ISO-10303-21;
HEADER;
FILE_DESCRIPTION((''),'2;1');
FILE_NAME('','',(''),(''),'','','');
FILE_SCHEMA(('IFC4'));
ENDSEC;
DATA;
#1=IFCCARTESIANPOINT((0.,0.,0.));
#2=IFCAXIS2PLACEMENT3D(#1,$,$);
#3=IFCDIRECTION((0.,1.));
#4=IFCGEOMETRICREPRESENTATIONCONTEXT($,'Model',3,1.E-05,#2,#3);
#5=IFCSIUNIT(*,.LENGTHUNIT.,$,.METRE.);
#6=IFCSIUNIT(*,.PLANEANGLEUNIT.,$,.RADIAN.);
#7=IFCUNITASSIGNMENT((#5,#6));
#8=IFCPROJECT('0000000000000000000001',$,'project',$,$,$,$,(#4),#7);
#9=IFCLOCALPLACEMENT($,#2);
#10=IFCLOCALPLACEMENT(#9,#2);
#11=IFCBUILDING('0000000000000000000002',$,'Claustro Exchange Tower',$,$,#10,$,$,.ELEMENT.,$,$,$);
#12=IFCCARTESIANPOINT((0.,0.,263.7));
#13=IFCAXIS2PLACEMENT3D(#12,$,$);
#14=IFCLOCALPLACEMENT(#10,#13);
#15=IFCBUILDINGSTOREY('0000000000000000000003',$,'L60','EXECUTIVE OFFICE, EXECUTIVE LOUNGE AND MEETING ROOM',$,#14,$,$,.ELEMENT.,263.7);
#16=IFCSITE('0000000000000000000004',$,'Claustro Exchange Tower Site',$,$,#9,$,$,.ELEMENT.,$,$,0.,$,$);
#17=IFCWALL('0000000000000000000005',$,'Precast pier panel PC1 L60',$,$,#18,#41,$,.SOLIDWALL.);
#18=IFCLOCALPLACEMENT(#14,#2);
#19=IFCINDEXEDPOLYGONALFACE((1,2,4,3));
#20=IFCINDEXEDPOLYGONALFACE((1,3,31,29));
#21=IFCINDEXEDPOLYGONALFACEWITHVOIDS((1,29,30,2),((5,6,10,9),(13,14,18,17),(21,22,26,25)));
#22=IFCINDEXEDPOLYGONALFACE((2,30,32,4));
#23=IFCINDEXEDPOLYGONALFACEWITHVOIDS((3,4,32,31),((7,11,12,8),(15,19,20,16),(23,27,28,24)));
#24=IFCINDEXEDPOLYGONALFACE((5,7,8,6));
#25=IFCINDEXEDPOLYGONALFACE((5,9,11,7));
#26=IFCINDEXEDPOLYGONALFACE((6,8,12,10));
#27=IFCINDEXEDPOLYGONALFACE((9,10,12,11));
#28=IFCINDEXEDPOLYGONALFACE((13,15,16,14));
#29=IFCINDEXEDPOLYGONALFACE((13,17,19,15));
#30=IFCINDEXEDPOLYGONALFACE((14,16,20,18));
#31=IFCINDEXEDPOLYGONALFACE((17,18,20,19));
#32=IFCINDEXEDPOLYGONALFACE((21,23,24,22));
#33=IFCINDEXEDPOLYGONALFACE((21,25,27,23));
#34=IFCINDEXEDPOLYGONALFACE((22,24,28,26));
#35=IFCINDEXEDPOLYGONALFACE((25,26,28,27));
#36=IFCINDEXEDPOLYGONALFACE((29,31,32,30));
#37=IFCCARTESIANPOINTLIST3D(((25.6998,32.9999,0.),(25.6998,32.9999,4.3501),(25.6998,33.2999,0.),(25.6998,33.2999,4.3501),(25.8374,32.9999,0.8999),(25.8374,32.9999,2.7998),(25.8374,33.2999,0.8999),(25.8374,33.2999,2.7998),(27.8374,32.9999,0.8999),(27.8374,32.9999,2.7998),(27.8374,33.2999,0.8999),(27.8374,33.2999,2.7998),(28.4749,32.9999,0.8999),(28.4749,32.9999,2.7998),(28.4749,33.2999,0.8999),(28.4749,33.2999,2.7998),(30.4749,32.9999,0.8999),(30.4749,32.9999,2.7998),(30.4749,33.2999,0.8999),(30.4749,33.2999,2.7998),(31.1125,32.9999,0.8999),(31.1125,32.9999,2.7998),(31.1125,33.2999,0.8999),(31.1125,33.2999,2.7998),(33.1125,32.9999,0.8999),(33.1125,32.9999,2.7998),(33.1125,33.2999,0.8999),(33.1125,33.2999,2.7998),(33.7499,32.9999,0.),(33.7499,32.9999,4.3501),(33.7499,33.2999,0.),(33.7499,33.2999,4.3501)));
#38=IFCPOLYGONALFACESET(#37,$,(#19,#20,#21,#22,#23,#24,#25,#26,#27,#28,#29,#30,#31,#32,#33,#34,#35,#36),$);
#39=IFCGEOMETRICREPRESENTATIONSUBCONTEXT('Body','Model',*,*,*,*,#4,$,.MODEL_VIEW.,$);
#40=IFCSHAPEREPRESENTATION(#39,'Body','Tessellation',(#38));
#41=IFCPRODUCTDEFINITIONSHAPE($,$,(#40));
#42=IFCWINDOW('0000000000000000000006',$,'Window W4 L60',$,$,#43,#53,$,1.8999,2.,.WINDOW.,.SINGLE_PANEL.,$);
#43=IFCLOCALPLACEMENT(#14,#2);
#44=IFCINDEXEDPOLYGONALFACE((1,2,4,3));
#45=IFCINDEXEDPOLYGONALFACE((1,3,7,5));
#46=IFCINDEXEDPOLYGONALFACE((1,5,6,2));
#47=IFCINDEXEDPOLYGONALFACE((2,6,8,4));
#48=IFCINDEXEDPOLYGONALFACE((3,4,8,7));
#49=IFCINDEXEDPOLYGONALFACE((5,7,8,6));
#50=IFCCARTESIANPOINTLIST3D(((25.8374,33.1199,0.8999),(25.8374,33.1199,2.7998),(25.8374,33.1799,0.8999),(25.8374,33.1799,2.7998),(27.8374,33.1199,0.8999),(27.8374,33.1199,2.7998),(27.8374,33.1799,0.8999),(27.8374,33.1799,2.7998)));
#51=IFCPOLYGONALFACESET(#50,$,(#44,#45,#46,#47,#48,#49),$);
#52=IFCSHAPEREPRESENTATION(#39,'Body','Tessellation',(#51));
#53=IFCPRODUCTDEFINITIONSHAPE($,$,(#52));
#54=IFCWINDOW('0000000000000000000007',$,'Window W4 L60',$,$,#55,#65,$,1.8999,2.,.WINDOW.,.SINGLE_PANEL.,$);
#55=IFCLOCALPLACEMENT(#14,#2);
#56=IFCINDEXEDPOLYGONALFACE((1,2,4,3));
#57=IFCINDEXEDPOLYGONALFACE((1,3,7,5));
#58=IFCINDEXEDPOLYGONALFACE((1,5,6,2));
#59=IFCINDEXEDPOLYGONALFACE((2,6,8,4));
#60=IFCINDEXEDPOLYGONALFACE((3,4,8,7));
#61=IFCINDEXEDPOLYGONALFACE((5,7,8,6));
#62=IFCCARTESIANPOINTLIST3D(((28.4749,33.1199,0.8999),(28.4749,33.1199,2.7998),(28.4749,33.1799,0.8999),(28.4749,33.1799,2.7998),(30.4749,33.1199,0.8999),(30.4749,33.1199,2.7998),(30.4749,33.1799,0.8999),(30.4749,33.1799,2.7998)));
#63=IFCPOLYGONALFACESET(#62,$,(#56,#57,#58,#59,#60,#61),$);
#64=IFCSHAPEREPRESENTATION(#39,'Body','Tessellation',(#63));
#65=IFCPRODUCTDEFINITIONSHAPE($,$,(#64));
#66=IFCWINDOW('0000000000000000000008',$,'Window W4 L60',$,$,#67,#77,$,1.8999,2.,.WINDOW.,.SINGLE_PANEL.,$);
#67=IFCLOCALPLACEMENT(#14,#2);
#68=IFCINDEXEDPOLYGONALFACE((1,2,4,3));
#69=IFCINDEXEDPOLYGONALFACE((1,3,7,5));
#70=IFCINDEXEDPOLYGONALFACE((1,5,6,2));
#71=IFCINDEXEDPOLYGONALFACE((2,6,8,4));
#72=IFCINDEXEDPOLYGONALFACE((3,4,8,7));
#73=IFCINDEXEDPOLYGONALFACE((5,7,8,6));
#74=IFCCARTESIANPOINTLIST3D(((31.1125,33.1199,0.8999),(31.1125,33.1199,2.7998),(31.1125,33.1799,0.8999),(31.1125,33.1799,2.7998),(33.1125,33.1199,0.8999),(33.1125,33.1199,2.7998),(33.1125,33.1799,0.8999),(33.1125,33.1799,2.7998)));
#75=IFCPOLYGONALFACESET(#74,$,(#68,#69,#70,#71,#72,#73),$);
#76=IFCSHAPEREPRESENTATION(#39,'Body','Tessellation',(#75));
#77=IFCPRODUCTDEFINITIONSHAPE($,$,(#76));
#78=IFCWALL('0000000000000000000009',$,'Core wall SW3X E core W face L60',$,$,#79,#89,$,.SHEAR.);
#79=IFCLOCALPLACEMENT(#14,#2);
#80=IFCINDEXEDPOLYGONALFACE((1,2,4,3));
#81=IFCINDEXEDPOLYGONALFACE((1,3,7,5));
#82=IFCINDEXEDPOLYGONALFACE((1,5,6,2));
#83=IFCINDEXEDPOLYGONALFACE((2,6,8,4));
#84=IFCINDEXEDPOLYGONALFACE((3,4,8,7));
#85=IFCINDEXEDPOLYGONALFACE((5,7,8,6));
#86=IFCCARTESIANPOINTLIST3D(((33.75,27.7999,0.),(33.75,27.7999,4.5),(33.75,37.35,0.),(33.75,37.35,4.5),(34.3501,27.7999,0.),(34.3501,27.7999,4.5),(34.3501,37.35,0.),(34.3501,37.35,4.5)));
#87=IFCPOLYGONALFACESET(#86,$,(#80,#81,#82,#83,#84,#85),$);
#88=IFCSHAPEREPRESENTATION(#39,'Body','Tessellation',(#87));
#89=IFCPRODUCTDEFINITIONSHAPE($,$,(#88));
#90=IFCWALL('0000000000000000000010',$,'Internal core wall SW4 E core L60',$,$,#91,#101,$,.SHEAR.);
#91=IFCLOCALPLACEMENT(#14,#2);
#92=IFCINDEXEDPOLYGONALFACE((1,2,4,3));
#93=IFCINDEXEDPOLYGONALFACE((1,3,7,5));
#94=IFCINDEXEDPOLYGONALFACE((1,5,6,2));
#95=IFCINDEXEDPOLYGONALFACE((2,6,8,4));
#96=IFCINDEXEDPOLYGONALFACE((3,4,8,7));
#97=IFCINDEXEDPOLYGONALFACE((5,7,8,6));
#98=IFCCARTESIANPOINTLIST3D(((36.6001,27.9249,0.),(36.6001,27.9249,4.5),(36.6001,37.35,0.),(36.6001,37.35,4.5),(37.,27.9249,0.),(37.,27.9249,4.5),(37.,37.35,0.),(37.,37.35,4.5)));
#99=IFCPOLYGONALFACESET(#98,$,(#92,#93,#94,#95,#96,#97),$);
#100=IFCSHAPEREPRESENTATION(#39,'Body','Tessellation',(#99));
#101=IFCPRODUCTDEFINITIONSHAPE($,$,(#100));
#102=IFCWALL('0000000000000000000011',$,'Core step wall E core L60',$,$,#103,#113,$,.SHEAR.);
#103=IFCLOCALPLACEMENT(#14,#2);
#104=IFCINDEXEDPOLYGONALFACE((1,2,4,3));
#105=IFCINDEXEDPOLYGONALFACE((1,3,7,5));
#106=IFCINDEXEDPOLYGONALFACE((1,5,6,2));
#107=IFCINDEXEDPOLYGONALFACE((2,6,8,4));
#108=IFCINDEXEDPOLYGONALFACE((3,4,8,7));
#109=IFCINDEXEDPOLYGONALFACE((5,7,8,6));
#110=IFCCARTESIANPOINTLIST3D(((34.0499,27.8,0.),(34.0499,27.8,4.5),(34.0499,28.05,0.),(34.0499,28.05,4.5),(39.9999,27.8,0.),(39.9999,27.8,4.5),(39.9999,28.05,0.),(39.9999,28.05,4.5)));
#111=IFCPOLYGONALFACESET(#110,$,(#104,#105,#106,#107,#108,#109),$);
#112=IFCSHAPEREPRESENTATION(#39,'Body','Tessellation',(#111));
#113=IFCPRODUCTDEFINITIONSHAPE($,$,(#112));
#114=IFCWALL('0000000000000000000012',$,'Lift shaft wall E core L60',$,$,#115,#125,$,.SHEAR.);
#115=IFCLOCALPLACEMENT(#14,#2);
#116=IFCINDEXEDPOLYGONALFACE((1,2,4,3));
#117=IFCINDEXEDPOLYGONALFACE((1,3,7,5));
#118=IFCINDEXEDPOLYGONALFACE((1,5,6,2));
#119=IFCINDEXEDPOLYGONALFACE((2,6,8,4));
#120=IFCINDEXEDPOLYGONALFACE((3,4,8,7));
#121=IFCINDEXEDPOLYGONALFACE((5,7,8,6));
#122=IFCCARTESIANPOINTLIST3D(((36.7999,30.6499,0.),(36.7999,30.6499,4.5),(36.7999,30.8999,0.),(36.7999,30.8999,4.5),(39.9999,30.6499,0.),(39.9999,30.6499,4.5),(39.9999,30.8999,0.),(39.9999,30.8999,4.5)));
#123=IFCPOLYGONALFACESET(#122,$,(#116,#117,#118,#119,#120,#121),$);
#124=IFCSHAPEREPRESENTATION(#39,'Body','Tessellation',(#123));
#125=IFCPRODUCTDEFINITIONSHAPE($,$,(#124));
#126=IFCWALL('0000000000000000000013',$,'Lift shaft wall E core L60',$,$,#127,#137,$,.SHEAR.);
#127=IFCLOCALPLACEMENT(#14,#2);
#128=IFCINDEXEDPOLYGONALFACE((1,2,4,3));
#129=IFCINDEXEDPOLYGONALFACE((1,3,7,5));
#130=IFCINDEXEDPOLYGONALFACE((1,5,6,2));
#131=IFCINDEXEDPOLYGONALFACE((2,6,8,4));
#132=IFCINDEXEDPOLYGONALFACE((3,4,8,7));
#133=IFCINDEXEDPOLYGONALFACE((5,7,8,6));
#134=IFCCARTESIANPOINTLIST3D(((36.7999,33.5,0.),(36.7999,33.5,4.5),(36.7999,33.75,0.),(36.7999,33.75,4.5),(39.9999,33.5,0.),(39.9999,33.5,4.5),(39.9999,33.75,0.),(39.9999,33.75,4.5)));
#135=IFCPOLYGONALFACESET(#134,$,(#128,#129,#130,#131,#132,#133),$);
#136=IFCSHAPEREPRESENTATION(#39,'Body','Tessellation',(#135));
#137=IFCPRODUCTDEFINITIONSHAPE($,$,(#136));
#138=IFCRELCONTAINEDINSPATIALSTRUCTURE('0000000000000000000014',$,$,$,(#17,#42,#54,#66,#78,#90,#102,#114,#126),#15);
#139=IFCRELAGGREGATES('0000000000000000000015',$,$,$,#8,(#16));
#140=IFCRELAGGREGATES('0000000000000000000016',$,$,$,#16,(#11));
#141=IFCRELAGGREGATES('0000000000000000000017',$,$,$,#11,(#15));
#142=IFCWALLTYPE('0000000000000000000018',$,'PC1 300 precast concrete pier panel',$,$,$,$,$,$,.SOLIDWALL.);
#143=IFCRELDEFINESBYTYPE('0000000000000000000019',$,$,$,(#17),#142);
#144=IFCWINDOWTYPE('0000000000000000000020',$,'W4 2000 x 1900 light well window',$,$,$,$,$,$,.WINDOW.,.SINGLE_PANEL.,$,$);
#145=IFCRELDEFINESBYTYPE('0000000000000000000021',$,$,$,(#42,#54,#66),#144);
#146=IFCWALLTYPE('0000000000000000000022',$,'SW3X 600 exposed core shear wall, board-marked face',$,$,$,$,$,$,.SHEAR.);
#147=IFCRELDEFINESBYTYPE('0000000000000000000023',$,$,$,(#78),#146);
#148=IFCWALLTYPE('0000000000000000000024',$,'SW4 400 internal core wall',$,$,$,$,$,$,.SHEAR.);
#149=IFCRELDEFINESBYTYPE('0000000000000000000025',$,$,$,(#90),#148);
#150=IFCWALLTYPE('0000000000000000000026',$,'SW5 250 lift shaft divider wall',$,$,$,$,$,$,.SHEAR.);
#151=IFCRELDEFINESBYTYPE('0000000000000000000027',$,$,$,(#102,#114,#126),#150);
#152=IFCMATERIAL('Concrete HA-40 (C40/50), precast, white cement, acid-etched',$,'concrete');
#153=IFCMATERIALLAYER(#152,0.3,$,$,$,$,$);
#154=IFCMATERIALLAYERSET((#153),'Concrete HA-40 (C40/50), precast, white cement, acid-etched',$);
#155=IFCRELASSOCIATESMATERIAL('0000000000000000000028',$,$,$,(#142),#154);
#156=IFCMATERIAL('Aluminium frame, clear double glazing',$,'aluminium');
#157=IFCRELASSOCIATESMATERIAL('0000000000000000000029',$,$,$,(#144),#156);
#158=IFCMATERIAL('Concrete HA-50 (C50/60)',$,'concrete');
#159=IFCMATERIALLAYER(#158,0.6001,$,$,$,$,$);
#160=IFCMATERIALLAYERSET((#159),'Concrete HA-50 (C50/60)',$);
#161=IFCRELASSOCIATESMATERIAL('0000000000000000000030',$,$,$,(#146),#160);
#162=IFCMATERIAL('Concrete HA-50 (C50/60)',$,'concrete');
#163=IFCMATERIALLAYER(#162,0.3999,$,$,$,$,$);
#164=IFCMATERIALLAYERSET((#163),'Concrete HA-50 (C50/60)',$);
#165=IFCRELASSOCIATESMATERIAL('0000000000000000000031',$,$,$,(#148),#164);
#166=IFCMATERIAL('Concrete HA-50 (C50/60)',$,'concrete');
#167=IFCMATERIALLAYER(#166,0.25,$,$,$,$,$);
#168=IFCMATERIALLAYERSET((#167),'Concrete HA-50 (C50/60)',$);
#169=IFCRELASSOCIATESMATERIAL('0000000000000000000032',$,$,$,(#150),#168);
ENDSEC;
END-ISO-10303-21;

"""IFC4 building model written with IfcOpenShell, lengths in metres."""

from ifc_helpers import new_model, si_unit, direction, frame, frame_2d, origin, place, context, subcontext, project, spatial, rectangle, extrude, material, layer, layer_set, type_object, element, fill, save


model = new_model("IFC4")

# Units and contexts
model_context = context("Model", 3, precision=1e-05, world=origin(), true_north=direction((0.0, 1.0)))
body_context = subcontext(model_context, "Body", "Model", "MODEL_VIEW")
ifc_project = project(units=[si_unit("LENGTHUNIT", "METRE"), si_unit("PLANEANGLEUNIT", "RADIAN")], contexts=[model_context])

# Site, building, storey
site_placement = place(None, origin())
site = spatial("IfcSite", under=ifc_project, at=site_placement, Name="Claustro Exchange Tower Site", CompositionType="ELEMENT", RefElevation=0.0)
building_placement = place(site_placement, origin())
building = spatial("IfcBuilding", under=site, at=building_placement, Name="Claustro Exchange Tower", CompositionType="ELEMENT")
storey_placement = place(building_placement, frame((0.0, 0.0, 263.7)))
storey = spatial("IfcBuildingStorey", under=building, at=storey_placement, Name="L60", Description="EXECUTIVE OFFICE, EXECUTIVE LOUNGE AND MEETING ROOM", CompositionType="ELEMENT", Elevation=263.7)

# Wall, openings, windows
ifc_material_1 = material(Name="Concrete HA-40 (C40/50), precast, white cement, acid-etched", Category="concrete")
ifc_layer_1 = layer(ifc_material_1, 0.3)
ifc_layer_set_1 = layer_set([ifc_layer_1], Name="Concrete HA-40 (C40/50), precast, white cement, acid-etched")
wall_type_1 = type_object("IfcWallType", Name="PC1 300 precast concrete pier panel", PredefinedType="SOLIDWALL", material=ifc_layer_set_1)
wall_1_placement = place(storey_placement, frame((25.7, 33.1499, 0.0), z_axis=(0.0, 0.0, 1.0), x_axis=(1.0, 0.0, 0.0)))
wall_1 = element("IfcWall", 1, at=wall_1_placement, inside=storey, type_object=wall_type_1, Name="Precast pier panel PC1 L60", PredefinedType="SOLIDWALL", context=body_context, shape_type="SweptSolid", body=[
    extrude(rectangle(XDim=8.05, YDim=0.3, at=frame_2d((4.0249, 0.0))), origin(), (0.0, 0.0, 1.0), 4.3501),
])
opening_1_placement = place(wall_1_placement, frame((0.1375, 0.0, 0.8999)))
opening_1 = element("IfcOpeningElement", 2, at=opening_1_placement, cuts=wall_1, PredefinedType="OPENING", context=body_context, shape_type="SweptSolid", body=[
    extrude(rectangle(XDim=2.0, YDim=1.8999, at=frame_2d((1.0, 0.95))), frame((0.0, 0.1599, 0.0), z_axis=(0.0, -1.0, 0.0), x_axis=(1.0, 0.0, 0.0)), (0.0, 0.0, 1.0), 0.3201),
])
opening_2_placement = place(wall_1_placement, frame((2.7749, 0.0, 0.8999)))
opening_2 = element("IfcOpeningElement", 3, at=opening_2_placement, cuts=wall_1, PredefinedType="OPENING", context=body_context, shape_type="SweptSolid", body=[
    extrude(rectangle(XDim=2.0, YDim=1.8999, at=frame_2d((1.0, 0.95))), frame((0.0, 0.1599, 0.0), z_axis=(0.0, -1.0, 0.0), x_axis=(1.0, 0.0, 0.0)), (0.0, 0.0, 1.0), 0.3201),
])
opening_3_placement = place(wall_1_placement, frame((5.4126, 0.0, 0.8999)))
opening_3 = element("IfcOpeningElement", 4, at=opening_3_placement, cuts=wall_1, PredefinedType="OPENING", context=body_context, shape_type="SweptSolid", body=[
    extrude(rectangle(XDim=2.0, YDim=1.8999, at=frame_2d((1.0, 0.95))), frame((0.0, 0.1599, 0.0), z_axis=(0.0, -1.0, 0.0), x_axis=(1.0, 0.0, 0.0)), (0.0, 0.0, 1.0), 0.3201),
])
ifc_material_2 = material(Name="Aluminium frame, clear double glazing", Category="aluminium")
window_type = type_object("IfcWindowType", Name="W4 2000 x 1900 light well window", PartitioningType="SINGLE_PANEL", PredefinedType="WINDOW", material=ifc_material_2)
window_1_placement = place(opening_1_placement, origin())
window_1 = element("IfcWindow", 5, at=window_1_placement, inside=storey, type_object=window_type, Name="Window W4 L60", OverallHeight=1.8999, OverallWidth=2.0, PartitioningType="SINGLE_PANEL", PredefinedType="WINDOW", context=body_context, shape_type="SweptSolid", body=[
    extrude(rectangle(XDim=2.0, YDim=1.8999, at=frame_2d((1.0, 0.95))), frame((0.0, 0.03, 0.0), z_axis=(0.0, -1.0, 0.0), x_axis=(1.0, 0.0, 0.0)), (0.0, 0.0, 1.0), 0.0601),
])
fill(opening_1, window_1)
window_2_placement = place(opening_2_placement, origin())
window_2 = element("IfcWindow", 6, at=window_2_placement, inside=storey, type_object=window_type, Name="Window W4 L60", OverallHeight=1.8999, OverallWidth=2.0, PartitioningType="SINGLE_PANEL", PredefinedType="WINDOW", context=body_context, shape_type="SweptSolid", body=[
    extrude(rectangle(XDim=2.0, YDim=1.8999, at=frame_2d((1.0, 0.95))), frame((0.0, 0.03, 0.0), z_axis=(0.0, -1.0, 0.0), x_axis=(1.0, 0.0, 0.0)), (0.0, 0.0, 1.0), 0.0601),
])
fill(opening_2, window_2)
window_3_placement = place(opening_3_placement, origin())
window_3 = element("IfcWindow", 7, at=window_3_placement, inside=storey, type_object=window_type, Name="Window W4 L60", OverallHeight=1.8999, OverallWidth=2.0, PartitioningType="SINGLE_PANEL", PredefinedType="WINDOW", context=body_context, shape_type="SweptSolid", body=[
    extrude(rectangle(XDim=2.0, YDim=1.8999, at=frame_2d((1.0, 0.95))), frame((0.0, 0.03, 0.0), z_axis=(0.0, -1.0, 0.0), x_axis=(1.0, 0.0, 0.0)), (0.0, 0.0, 1.0), 0.0601),
])
fill(opening_3, window_3)

# Walls
ifc_material_3 = material(Name="Concrete HA-50 (C50/60)", Category="concrete")
ifc_layer_2 = layer(ifc_material_3, 0.6001)
ifc_layer_set_2 = layer_set([ifc_layer_2], Name="Concrete HA-50 (C50/60)")
wall_type_2 = type_object("IfcWallType", Name="SW3X 600 exposed core shear wall, board-marked face", PredefinedType="SHEAR", material=ifc_layer_set_2)
wall_2_placement = place(storey_placement, frame((34.05, 27.8, 0.0), z_axis=(0.0, 0.0, 1.0), x_axis=(0.0, 1.0, 0.0)))
element("IfcWall", 8, at=wall_2_placement, inside=storey, type_object=wall_type_2, Name="Core wall SW3X E core W face L60", PredefinedType="SHEAR", context=body_context, shape_type="SweptSolid", body=[
    extrude(rectangle(XDim=9.55, YDim=0.6001, at=frame_2d((4.7749, 0.0))), origin(), (0.0, 0.0, 1.0), 4.5),
])
ifc_material_4 = material(Name="Concrete HA-50 (C50/60)", Category="concrete")
ifc_layer_3 = layer(ifc_material_4, 0.3999)
ifc_layer_set_3 = layer_set([ifc_layer_3], Name="Concrete HA-50 (C50/60)")
wall_type_3 = type_object("IfcWallType", Name="SW4 400 internal core wall", PredefinedType="SHEAR", material=ifc_layer_set_3)
wall_3_placement = place(storey_placement, frame((36.8, 27.925, 0.0), z_axis=(0.0, 0.0, 1.0), x_axis=(0.0, 1.0, 0.0)))
element("IfcWall", 9, at=wall_3_placement, inside=storey, type_object=wall_type_3, Name="Internal core wall SW4 E core L60", PredefinedType="SHEAR", context=body_context, shape_type="SweptSolid", body=[
    extrude(rectangle(XDim=9.425, YDim=0.3999, at=frame_2d((4.7124, 0.0))), origin(), (0.0, 0.0, 1.0), 4.5),
])
ifc_material_5 = material(Name="Concrete HA-50 (C50/60)", Category="concrete")
ifc_layer_4 = layer(ifc_material_5, 0.25)
ifc_layer_set_4 = layer_set([ifc_layer_4], Name="Concrete HA-50 (C50/60)")
wall_type_4 = type_object("IfcWallType", Name="SW5 250 lift shaft divider wall", PredefinedType="SHEAR", material=ifc_layer_set_4)
wall_4_placement = place(storey_placement, frame((40.0, 27.925, 0.0), z_axis=(0.0, 0.0, 1.0), x_axis=(-1.0, 0.0, 0.0)))
element("IfcWall", 10, at=wall_4_placement, inside=storey, type_object=wall_type_4, Name="Core step wall E core L60", PredefinedType="SHEAR", context=body_context, shape_type="SweptSolid", body=[
    extrude(rectangle(XDim=5.95, YDim=0.25, at=frame_2d((2.9751, 0.0))), origin(), (0.0, 0.0, 1.0), 4.5),
])
for number, where, z_axis, x_axis, name in (
    (11, (40.0, 30.7749, 0.0), (0.0, 0.0, 1.0), (-1.0, 0.0, 0.0), "Lift shaft wall E core L60"),
    (12, (40.0, 33.625, 0.0), (0.0, 0.0, 1.0), (-1.0, 0.0, 0.0), "Lift shaft wall E core L60"),
):
    element("IfcWall", number, at=place(storey_placement, frame(where, z_axis=z_axis, x_axis=x_axis)), inside=storey, type_object=wall_type_4, Name=name, PredefinedType="SHEAR", context=body_context, shape_type="SweptSolid", body=[
        extrude(rectangle(XDim=3.2, YDim=0.25, at=frame_2d((1.6001, 0.0))), origin(), (0.0, 0.0, 1.0), 4.5),
    ])

save(model, "model.ifc")
